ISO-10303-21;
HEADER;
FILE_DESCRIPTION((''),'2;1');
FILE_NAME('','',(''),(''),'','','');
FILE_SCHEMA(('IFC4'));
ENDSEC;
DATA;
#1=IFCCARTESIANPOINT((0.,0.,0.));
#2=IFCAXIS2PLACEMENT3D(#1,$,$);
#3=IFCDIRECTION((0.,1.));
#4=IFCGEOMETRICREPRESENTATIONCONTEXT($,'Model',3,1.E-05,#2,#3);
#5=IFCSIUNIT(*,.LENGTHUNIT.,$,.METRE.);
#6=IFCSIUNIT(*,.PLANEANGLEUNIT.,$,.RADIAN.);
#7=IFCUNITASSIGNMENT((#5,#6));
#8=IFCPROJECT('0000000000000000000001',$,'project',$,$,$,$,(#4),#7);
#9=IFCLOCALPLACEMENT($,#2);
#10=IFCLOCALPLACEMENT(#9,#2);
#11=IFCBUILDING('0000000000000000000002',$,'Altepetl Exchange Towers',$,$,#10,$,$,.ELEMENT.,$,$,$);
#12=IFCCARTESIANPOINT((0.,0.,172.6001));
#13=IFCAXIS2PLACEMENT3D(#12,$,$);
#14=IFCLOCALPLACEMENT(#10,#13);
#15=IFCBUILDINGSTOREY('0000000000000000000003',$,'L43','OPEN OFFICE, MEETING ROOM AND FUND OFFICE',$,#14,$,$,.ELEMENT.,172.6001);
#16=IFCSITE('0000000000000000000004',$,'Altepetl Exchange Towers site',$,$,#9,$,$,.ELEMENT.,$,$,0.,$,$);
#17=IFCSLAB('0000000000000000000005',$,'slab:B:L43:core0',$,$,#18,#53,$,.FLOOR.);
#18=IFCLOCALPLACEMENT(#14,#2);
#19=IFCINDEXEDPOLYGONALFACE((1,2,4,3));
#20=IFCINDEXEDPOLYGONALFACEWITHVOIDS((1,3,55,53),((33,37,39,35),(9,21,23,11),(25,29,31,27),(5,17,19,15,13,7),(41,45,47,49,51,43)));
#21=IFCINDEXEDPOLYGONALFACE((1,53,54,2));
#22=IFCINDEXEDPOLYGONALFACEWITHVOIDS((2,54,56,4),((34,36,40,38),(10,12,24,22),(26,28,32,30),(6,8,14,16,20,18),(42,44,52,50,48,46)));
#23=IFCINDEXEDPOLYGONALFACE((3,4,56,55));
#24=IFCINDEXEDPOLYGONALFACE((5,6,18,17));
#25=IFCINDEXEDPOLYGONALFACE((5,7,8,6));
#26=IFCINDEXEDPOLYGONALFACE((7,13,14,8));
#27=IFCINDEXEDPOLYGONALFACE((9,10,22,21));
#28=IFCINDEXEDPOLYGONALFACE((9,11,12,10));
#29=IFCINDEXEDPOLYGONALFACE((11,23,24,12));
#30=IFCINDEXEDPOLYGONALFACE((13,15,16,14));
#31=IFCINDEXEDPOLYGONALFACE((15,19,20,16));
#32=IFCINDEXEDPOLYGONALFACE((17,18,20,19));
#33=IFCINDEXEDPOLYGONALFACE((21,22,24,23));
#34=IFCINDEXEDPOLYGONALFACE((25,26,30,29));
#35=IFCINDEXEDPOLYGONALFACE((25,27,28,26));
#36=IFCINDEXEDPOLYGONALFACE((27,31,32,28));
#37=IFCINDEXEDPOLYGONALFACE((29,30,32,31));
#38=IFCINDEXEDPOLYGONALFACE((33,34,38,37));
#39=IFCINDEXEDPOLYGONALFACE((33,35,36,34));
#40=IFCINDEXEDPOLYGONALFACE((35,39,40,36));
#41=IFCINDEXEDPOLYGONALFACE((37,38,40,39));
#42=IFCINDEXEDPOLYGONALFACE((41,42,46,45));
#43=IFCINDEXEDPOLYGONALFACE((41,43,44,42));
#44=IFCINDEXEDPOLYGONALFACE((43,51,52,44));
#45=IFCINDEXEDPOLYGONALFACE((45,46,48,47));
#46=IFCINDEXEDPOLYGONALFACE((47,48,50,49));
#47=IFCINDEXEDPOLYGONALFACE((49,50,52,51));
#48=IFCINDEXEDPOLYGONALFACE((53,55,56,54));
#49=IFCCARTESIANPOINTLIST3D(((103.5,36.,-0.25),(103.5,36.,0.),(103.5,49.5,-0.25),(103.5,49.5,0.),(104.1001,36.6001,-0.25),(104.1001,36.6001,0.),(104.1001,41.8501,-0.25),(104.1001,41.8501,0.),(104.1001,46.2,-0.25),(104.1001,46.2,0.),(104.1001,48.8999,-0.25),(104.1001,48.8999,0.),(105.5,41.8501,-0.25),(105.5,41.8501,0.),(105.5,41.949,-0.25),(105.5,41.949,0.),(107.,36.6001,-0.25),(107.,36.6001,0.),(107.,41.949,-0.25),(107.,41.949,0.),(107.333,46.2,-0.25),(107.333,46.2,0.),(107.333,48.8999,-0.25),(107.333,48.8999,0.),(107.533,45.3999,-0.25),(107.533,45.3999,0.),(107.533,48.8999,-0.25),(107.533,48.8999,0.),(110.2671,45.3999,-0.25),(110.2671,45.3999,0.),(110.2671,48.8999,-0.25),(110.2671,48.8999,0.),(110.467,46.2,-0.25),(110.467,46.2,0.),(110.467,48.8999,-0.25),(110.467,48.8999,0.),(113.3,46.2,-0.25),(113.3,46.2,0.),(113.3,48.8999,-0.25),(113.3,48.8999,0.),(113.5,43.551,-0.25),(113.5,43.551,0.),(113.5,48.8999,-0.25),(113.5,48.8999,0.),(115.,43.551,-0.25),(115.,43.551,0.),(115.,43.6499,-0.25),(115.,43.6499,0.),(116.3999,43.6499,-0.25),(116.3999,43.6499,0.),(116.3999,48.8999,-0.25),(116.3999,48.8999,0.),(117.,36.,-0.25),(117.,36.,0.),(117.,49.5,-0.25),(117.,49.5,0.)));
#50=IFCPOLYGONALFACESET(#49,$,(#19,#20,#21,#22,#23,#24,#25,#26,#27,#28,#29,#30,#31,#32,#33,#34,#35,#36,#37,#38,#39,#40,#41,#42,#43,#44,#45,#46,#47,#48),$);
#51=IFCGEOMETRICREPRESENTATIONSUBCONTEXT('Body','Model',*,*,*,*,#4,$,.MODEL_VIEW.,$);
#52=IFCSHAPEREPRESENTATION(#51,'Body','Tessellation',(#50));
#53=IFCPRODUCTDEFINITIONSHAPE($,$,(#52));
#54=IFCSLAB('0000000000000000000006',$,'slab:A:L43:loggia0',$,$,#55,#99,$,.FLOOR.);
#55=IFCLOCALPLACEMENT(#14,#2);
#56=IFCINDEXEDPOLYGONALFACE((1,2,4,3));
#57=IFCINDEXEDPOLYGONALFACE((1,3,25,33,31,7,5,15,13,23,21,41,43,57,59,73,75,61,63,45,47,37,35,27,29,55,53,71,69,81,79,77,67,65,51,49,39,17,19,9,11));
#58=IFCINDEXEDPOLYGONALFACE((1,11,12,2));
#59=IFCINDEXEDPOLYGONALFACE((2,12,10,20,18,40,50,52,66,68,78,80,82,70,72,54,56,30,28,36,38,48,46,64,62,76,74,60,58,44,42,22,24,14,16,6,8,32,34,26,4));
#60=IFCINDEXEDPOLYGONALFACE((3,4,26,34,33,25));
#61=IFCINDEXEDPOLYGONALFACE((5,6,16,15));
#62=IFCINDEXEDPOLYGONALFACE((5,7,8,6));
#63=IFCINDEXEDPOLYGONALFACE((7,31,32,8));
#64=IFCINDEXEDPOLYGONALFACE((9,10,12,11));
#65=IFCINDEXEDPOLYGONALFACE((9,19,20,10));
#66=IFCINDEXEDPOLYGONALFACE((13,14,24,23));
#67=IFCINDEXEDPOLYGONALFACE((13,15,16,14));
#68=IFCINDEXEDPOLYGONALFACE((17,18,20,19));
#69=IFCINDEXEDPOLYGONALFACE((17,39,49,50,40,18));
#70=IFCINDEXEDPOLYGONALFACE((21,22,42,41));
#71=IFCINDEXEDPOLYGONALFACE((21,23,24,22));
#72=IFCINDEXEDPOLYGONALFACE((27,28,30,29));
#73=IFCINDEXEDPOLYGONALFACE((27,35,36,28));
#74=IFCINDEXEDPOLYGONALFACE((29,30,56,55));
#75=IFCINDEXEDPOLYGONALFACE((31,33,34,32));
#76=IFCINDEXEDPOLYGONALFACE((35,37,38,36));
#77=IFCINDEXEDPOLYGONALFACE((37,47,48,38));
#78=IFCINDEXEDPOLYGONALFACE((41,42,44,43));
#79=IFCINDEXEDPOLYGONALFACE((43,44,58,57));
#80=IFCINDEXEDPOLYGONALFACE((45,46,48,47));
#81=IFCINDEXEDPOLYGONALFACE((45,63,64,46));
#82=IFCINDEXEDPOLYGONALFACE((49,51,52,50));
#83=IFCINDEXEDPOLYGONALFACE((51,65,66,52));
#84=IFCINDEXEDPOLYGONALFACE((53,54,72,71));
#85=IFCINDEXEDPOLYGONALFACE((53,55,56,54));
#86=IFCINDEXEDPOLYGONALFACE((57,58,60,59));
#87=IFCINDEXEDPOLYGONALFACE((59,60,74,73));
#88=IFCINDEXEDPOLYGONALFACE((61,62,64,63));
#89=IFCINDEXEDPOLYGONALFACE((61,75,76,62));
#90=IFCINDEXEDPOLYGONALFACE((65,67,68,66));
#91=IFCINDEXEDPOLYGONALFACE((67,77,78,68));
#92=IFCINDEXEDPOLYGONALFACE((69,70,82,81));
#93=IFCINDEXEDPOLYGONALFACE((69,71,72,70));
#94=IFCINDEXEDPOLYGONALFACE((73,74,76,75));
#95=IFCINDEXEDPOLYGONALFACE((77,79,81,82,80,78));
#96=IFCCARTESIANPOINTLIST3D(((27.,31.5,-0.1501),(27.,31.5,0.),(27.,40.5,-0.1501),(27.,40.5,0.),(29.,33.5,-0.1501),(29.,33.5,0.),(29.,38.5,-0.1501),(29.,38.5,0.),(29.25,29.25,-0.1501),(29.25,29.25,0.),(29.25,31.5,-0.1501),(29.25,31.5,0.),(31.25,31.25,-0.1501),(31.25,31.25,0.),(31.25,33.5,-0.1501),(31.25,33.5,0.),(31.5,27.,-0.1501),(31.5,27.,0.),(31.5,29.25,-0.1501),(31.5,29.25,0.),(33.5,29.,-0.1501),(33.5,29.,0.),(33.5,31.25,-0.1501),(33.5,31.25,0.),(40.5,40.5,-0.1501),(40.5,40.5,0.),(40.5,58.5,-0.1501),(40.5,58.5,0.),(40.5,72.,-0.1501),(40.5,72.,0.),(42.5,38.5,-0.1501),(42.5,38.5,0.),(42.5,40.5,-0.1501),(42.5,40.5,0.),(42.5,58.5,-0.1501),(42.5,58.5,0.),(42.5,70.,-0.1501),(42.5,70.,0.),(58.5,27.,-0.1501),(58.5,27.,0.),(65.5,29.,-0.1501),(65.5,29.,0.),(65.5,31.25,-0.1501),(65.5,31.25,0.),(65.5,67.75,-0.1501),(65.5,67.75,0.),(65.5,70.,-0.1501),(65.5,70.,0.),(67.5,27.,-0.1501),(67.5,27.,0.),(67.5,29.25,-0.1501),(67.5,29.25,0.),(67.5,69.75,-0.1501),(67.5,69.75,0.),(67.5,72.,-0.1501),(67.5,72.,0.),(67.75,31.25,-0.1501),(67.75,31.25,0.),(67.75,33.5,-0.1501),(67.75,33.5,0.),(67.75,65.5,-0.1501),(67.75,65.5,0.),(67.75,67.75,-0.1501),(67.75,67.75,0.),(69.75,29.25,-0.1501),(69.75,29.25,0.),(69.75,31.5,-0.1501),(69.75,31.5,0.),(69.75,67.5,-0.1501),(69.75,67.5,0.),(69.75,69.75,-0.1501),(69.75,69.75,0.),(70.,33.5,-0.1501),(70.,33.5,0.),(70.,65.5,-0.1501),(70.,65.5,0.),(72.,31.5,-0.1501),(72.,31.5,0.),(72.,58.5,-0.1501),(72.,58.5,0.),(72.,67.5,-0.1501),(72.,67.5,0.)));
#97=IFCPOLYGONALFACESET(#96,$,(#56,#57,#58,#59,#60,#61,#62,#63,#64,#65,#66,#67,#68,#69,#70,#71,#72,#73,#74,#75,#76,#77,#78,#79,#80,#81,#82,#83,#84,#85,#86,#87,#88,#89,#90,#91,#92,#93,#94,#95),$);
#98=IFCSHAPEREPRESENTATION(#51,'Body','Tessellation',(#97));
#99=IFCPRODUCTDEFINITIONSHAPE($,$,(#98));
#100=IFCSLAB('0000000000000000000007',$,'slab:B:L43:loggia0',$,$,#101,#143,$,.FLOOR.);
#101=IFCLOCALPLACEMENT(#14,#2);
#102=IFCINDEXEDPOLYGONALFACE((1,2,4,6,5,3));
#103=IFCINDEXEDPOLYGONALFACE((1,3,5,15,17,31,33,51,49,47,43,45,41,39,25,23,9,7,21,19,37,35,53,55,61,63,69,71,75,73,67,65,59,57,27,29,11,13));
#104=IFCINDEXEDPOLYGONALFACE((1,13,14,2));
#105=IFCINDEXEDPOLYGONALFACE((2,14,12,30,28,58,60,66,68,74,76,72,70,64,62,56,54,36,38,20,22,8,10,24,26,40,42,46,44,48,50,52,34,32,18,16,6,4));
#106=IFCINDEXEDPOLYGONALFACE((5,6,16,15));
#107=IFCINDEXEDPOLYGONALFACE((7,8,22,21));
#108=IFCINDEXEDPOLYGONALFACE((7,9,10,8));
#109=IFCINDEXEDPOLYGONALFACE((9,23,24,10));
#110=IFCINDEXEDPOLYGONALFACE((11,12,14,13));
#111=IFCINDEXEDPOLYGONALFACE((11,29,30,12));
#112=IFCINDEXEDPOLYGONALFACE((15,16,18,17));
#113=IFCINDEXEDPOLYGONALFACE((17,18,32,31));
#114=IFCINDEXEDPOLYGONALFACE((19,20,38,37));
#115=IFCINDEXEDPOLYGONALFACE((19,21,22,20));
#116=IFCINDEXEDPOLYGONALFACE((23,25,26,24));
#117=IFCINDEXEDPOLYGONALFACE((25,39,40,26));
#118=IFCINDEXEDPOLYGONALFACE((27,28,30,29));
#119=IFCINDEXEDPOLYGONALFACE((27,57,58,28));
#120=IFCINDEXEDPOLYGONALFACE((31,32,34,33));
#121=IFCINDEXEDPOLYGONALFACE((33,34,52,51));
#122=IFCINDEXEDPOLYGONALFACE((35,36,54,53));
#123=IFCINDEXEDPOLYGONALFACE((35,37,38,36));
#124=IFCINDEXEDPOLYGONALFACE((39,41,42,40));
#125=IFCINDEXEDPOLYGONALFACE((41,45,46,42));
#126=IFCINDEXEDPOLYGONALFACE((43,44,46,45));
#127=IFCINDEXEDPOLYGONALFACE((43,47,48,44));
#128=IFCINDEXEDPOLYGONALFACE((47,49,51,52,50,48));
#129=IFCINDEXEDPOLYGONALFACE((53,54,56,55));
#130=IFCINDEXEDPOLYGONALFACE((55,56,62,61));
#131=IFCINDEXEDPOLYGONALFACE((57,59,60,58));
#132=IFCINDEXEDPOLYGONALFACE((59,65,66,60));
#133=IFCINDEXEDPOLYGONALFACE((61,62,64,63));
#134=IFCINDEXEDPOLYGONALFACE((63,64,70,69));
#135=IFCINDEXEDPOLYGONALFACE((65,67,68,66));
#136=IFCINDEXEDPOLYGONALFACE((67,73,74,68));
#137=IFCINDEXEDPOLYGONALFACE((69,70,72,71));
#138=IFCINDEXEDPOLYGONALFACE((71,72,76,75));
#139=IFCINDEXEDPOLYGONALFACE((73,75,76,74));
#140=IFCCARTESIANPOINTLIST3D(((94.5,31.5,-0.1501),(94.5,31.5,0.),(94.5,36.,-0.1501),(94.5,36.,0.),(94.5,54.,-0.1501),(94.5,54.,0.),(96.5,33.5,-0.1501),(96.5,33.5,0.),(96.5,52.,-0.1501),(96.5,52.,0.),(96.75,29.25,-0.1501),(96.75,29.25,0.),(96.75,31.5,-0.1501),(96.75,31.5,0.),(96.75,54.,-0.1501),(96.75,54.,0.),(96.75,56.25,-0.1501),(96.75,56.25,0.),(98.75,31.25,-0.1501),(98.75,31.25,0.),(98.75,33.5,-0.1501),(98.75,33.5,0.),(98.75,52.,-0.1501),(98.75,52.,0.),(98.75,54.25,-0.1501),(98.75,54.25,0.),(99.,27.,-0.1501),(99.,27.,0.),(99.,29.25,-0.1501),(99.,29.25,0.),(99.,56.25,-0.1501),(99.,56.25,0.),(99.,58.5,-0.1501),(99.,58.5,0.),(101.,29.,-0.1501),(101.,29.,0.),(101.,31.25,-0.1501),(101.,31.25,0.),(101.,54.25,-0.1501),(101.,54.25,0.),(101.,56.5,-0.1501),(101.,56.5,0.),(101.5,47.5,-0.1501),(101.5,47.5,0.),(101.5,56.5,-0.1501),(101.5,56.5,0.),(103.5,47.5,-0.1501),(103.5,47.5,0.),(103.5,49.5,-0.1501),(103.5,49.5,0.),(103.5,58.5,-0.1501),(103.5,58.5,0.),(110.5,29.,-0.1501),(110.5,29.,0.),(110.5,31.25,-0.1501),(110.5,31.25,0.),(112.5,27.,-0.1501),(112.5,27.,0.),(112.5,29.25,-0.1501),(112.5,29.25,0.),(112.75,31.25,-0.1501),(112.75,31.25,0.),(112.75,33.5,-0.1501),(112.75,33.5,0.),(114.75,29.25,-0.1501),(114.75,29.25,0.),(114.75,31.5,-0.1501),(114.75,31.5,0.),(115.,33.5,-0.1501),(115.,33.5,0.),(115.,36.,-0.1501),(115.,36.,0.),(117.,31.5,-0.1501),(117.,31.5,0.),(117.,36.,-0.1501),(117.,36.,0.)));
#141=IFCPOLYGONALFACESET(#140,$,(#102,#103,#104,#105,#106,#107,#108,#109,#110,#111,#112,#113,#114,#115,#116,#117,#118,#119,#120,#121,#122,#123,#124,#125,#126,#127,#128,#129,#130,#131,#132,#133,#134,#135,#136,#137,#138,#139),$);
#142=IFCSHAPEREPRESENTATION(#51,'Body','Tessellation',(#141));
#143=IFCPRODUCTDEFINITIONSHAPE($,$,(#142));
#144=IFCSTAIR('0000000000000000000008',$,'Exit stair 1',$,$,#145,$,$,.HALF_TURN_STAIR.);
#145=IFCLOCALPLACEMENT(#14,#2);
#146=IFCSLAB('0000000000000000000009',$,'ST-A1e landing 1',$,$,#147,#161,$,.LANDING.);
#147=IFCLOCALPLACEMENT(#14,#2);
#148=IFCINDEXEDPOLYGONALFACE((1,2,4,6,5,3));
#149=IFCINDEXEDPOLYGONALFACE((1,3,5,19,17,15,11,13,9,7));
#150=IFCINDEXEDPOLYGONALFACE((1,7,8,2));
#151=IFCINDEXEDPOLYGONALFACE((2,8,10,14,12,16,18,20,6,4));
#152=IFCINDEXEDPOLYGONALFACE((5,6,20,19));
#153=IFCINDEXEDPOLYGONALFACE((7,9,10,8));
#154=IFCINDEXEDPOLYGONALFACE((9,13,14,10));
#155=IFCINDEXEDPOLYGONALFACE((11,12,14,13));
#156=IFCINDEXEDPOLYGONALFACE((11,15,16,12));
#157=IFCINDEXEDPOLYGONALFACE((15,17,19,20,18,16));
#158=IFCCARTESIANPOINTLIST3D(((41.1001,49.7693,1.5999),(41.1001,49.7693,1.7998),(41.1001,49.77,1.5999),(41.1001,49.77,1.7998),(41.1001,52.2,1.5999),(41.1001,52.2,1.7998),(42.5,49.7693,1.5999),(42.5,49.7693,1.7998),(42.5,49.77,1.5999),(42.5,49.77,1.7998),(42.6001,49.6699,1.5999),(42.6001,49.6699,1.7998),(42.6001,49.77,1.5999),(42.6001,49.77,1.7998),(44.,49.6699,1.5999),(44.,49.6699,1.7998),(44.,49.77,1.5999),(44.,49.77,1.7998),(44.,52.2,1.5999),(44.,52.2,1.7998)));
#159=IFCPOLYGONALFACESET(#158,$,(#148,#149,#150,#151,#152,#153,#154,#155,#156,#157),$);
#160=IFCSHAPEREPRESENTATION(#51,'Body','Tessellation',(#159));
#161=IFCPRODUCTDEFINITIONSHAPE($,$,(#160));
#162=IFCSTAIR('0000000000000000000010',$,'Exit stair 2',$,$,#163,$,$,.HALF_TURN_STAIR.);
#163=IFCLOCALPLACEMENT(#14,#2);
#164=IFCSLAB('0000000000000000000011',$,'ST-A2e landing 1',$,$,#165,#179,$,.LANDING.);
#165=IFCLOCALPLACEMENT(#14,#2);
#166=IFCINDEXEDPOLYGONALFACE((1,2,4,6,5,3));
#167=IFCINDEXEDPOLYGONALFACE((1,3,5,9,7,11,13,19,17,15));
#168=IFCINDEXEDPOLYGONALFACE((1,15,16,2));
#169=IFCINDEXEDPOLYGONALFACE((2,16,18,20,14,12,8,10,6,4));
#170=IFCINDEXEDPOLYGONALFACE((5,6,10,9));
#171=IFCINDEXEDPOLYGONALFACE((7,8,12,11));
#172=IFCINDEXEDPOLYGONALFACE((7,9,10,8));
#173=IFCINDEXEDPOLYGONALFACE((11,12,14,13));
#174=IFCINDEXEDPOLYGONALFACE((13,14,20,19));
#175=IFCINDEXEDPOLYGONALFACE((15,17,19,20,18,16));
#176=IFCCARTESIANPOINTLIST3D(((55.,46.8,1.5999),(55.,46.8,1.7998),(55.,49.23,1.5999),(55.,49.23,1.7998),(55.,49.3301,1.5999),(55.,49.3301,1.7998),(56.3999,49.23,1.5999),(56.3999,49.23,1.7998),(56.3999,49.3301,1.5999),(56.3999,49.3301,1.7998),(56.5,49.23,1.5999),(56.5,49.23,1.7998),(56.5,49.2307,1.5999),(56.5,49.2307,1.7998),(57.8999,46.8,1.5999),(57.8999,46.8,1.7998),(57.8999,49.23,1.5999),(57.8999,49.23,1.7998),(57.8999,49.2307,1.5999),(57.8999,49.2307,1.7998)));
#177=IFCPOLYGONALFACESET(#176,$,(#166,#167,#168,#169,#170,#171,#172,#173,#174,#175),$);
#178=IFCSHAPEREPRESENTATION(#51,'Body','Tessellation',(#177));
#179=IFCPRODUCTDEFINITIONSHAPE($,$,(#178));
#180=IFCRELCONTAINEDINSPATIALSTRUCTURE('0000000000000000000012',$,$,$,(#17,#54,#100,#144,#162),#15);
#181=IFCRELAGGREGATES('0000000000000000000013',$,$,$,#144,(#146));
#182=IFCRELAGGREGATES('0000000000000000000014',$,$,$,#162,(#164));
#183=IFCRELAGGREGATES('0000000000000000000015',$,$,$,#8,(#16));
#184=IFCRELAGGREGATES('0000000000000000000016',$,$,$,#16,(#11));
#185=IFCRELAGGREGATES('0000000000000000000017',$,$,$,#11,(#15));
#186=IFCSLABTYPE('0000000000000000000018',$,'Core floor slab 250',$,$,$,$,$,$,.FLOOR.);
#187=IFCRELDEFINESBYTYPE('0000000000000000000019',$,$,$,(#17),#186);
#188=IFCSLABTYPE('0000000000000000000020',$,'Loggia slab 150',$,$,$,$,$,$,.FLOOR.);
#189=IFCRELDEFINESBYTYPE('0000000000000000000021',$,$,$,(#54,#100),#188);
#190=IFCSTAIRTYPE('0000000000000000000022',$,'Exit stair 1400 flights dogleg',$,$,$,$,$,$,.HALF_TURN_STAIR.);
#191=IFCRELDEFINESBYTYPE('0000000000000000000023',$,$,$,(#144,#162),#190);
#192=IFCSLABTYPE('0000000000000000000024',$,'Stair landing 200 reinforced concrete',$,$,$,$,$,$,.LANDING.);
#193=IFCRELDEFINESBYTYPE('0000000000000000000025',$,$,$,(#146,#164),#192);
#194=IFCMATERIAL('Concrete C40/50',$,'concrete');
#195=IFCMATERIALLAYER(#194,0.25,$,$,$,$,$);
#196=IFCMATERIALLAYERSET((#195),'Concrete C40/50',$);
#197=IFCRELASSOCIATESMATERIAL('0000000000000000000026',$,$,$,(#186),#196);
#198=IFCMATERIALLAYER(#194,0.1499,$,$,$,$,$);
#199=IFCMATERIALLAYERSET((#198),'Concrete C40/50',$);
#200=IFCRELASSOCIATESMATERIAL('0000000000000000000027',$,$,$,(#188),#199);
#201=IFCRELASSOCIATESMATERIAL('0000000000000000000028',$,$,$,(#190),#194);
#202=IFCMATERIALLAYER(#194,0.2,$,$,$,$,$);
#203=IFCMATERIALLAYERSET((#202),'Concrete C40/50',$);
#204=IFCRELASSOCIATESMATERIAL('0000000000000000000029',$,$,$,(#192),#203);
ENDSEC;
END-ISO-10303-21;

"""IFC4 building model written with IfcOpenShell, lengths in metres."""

from ifc_helpers import new_model, si_unit, direction, frame, origin, place, context, subcontext, project, spatial, polyline, outline, extrude, material, layer, layer_set, type_object, element, aggregate, save


model = new_model("IFC4")

# Units and contexts
model_context = context("Model", 3, precision=1e-05, world=origin(), true_north=direction((0.0, 1.0)))
body_context = subcontext(model_context, "Body", "Model", "MODEL_VIEW")
ifc_project = project(units=[si_unit("LENGTHUNIT", "METRE"), si_unit("PLANEANGLEUNIT", "RADIAN")], contexts=[model_context])

# Site, building, storey
site_placement = place(None, origin())
site = spatial("IfcSite", under=ifc_project, at=site_placement, Name="Altepetl Exchange Towers site", CompositionType="ELEMENT", RefElevation=0.0)
building_placement = place(site_placement, origin())
building = spatial("IfcBuilding", under=site, at=building_placement, Name="Altepetl Exchange Towers", CompositionType="ELEMENT")
storey_placement = place(building_placement, frame((0.0, 0.0, 172.6001)))
storey = spatial("IfcBuildingStorey", under=building, at=storey_placement, Name="L43", Description="OPEN OFFICE, MEETING ROOM AND FUND OFFICE", CompositionType="ELEMENT", Elevation=172.6001)

# Slabs
ifc_material_1 = material(Name="Concrete C40/50", Category="concrete")
ifc_layer_1 = layer(ifc_material_1, 0.25)
ifc_layer_set_1 = layer_set([ifc_layer_1], Name="Concrete C40/50")
slab_type_1 = type_object("IfcSlabType", Name="Core floor slab 250", PredefinedType="FLOOR", material=ifc_layer_set_1)
slab_1_placement = place(storey_placement, frame((0.0, 0.0, -0.25)))
element("IfcSlab", 1, at=slab_1_placement, inside=storey, type_object=slab_type_1, Name="slab:B:L43:core0", PredefinedType="FLOOR", context=body_context, shape_type="SweptSolid", body=[
    extrude(outline(polyline([(103.5, 36.0), (117.0, 36.0), (117.0, 49.5), (103.5, 49.5), (103.5, 36.0)]), holes=[polyline([(107.0, 36.6001), (104.1001, 36.6001), (104.1001, 41.8501), (105.5, 41.8501), (105.5, 41.949), (107.0, 41.949), (107.0, 36.6001)]), polyline([(113.5, 48.8999), (116.3999, 48.8999), (116.3999, 43.6499), (115.0, 43.6499), (115.0, 43.551), (113.5, 43.551), (113.5, 48.8999)]), polyline([(107.533, 45.3999), (107.533, 48.8999), (110.2671, 48.8999), (110.2671, 45.3999), (107.533, 45.3999)]), polyline([(104.1001, 48.8999), (107.333, 48.8999), (107.333, 46.2), (104.1001, 46.2), (104.1001, 48.8999)]), polyline([(110.467, 48.8999), (113.3, 48.8999), (113.3, 46.2), (110.467, 46.2), (110.467, 48.8999)])]), origin(), (0.0, 0.0, 1.0), 0.25),
])
ifc_layer_2 = layer(ifc_material_1, 0.1499)
ifc_layer_set_2 = layer_set([ifc_layer_2], Name="Concrete C40/50")
slab_type_2 = type_object("IfcSlabType", Name="Loggia slab 150", PredefinedType="FLOOR", material=ifc_layer_set_2)
slab_2_placement = place(storey_placement, frame((0.0, 0.0, -0.1501)))
element("IfcSlab", 2, at=slab_2_placement, inside=storey, type_object=slab_type_2, Name="slab:A:L43:loggia0", PredefinedType="FLOOR", context=body_context, shape_type="SweptSolid", body=[
    extrude(outline(polyline([(40.5, 72.0), (40.5, 58.5), (42.5, 58.5), (42.5, 70.0), (65.5, 70.0), (65.5, 67.75), (67.75, 67.75), (67.75, 65.5), (70.0, 65.5), (70.0, 33.5), (67.75, 33.5), (67.75, 31.25), (65.5, 31.25), (65.5, 29.0), (33.5, 29.0), (33.5, 31.25), (31.25, 31.25), (31.25, 33.5), (29.0, 33.5), (29.0, 38.5), (42.5, 38.5), (42.5, 40.5), (40.5, 40.5), (27.0, 40.5), (27.0, 31.5), (29.25, 31.5), (29.25, 29.25), (31.5, 29.25), (31.5, 27.0), (58.5, 27.0), (67.5, 27.0), (67.5, 29.25), (69.75, 29.25), (69.75, 31.5), (72.0, 31.5), (72.0, 58.5), (72.0, 67.5), (69.75, 67.5), (69.75, 69.75), (67.5, 69.75), (67.5, 72.0), (40.5, 72.0)])), origin(), (0.0, 0.0, 1.0), 0.1501),
])
slab_3_placement = place(storey_placement, frame((0.0, 0.0, -0.1501)))
element("IfcSlab", 3, at=slab_3_placement, inside=storey, type_object=slab_type_2, Name="slab:B:L43:loggia0", PredefinedType="FLOOR", context=body_context, shape_type="SweptSolid", body=[
    extrude(outline(polyline([(99.0, 29.25), (99.0, 27.0), (112.5, 27.0), (112.5, 29.25), (114.75, 29.25), (114.75, 31.5), (117.0, 31.5), (117.0, 36.0), (115.0, 36.0), (115.0, 33.5), (112.75, 33.5), (112.75, 31.25), (110.5, 31.25), (110.5, 29.0), (101.0, 29.0), (101.0, 31.25), (98.75, 31.25), (98.75, 33.5), (96.5, 33.5), (96.5, 52.0), (98.75, 52.0), (98.75, 54.25), (101.0, 54.25), (101.0, 56.5), (101.5, 56.5), (101.5, 47.5), (103.5, 47.5), (103.5, 49.5), (103.5, 58.5), (99.0, 58.5), (99.0, 56.25), (96.75, 56.25), (96.75, 54.0), (94.5, 54.0), (94.5, 36.0), (94.5, 31.5), (96.75, 31.5), (96.75, 29.25), (99.0, 29.25)])), origin(), (0.0, 0.0, 1.0), 0.1501),
])

# Stairs, slabs
stair_type = type_object("IfcStairType", Name="Exit stair 1400 flights dogleg", PredefinedType="HALF_TURN_STAIR", material=ifc_material_1)
stair_1_placement = place(storey_placement, origin())
stair_1 = element("IfcStair", 4, at=stair_1_placement, inside=storey, type_object=stair_type, Name="Exit stair 1", PredefinedType="HALF_TURN_STAIR")
ifc_layer_3 = layer(ifc_material_1, 0.2)
ifc_layer_set_3 = layer_set([ifc_layer_3], Name="Concrete C40/50")
slab_type_3 = type_object("IfcSlabType", Name="Stair landing 200 reinforced concrete", PredefinedType="LANDING", material=ifc_layer_set_3)
slab_4_placement = place(storey_placement, frame((0.0, 0.0, 1.5999)))
slab_4 = element("IfcSlab", 5, at=slab_4_placement, type_object=slab_type_3, Name="ST-A1e landing 1", PredefinedType="LANDING", context=body_context, shape_type="SweptSolid", body=[
    extrude(outline(polyline([(44.0, 49.6699), (42.6001, 49.6699), (42.6001, 49.77), (42.5, 49.77), (42.5, 49.7693), (41.1001, 49.7693), (41.1001, 49.77), (41.1001, 52.2), (44.0, 52.2), (44.0, 49.77), (44.0, 49.6699)])), origin(), (0.0, 0.0, 1.0), 0.2),
])
aggregate(stair_1, [slab_4])
stair_2_placement = place(storey_placement, origin())
stair_2 = element("IfcStair", 6, at=stair_2_placement, inside=storey, type_object=stair_type, Name="Exit stair 2", PredefinedType="HALF_TURN_STAIR")
slab_5_placement = place(storey_placement, frame((0.0, 0.0, 1.5999)))
slab_5 = element("IfcSlab", 7, at=slab_5_placement, type_object=slab_type_3, Name="ST-A2e landing 1", PredefinedType="LANDING", context=body_context, shape_type="SweptSolid", body=[
    extrude(outline(polyline([(57.8999, 46.8), (55.0, 46.8), (55.0, 49.23), (55.0, 49.3301), (56.3999, 49.3301), (56.3999, 49.23), (56.5, 49.23), (56.5, 49.2307), (57.8999, 49.2307), (57.8999, 49.23), (57.8999, 46.8)])), origin(), (0.0, 0.0, 1.0), 0.2),
])
aggregate(stair_2, [slab_5])

save(model, "model.ifc")
